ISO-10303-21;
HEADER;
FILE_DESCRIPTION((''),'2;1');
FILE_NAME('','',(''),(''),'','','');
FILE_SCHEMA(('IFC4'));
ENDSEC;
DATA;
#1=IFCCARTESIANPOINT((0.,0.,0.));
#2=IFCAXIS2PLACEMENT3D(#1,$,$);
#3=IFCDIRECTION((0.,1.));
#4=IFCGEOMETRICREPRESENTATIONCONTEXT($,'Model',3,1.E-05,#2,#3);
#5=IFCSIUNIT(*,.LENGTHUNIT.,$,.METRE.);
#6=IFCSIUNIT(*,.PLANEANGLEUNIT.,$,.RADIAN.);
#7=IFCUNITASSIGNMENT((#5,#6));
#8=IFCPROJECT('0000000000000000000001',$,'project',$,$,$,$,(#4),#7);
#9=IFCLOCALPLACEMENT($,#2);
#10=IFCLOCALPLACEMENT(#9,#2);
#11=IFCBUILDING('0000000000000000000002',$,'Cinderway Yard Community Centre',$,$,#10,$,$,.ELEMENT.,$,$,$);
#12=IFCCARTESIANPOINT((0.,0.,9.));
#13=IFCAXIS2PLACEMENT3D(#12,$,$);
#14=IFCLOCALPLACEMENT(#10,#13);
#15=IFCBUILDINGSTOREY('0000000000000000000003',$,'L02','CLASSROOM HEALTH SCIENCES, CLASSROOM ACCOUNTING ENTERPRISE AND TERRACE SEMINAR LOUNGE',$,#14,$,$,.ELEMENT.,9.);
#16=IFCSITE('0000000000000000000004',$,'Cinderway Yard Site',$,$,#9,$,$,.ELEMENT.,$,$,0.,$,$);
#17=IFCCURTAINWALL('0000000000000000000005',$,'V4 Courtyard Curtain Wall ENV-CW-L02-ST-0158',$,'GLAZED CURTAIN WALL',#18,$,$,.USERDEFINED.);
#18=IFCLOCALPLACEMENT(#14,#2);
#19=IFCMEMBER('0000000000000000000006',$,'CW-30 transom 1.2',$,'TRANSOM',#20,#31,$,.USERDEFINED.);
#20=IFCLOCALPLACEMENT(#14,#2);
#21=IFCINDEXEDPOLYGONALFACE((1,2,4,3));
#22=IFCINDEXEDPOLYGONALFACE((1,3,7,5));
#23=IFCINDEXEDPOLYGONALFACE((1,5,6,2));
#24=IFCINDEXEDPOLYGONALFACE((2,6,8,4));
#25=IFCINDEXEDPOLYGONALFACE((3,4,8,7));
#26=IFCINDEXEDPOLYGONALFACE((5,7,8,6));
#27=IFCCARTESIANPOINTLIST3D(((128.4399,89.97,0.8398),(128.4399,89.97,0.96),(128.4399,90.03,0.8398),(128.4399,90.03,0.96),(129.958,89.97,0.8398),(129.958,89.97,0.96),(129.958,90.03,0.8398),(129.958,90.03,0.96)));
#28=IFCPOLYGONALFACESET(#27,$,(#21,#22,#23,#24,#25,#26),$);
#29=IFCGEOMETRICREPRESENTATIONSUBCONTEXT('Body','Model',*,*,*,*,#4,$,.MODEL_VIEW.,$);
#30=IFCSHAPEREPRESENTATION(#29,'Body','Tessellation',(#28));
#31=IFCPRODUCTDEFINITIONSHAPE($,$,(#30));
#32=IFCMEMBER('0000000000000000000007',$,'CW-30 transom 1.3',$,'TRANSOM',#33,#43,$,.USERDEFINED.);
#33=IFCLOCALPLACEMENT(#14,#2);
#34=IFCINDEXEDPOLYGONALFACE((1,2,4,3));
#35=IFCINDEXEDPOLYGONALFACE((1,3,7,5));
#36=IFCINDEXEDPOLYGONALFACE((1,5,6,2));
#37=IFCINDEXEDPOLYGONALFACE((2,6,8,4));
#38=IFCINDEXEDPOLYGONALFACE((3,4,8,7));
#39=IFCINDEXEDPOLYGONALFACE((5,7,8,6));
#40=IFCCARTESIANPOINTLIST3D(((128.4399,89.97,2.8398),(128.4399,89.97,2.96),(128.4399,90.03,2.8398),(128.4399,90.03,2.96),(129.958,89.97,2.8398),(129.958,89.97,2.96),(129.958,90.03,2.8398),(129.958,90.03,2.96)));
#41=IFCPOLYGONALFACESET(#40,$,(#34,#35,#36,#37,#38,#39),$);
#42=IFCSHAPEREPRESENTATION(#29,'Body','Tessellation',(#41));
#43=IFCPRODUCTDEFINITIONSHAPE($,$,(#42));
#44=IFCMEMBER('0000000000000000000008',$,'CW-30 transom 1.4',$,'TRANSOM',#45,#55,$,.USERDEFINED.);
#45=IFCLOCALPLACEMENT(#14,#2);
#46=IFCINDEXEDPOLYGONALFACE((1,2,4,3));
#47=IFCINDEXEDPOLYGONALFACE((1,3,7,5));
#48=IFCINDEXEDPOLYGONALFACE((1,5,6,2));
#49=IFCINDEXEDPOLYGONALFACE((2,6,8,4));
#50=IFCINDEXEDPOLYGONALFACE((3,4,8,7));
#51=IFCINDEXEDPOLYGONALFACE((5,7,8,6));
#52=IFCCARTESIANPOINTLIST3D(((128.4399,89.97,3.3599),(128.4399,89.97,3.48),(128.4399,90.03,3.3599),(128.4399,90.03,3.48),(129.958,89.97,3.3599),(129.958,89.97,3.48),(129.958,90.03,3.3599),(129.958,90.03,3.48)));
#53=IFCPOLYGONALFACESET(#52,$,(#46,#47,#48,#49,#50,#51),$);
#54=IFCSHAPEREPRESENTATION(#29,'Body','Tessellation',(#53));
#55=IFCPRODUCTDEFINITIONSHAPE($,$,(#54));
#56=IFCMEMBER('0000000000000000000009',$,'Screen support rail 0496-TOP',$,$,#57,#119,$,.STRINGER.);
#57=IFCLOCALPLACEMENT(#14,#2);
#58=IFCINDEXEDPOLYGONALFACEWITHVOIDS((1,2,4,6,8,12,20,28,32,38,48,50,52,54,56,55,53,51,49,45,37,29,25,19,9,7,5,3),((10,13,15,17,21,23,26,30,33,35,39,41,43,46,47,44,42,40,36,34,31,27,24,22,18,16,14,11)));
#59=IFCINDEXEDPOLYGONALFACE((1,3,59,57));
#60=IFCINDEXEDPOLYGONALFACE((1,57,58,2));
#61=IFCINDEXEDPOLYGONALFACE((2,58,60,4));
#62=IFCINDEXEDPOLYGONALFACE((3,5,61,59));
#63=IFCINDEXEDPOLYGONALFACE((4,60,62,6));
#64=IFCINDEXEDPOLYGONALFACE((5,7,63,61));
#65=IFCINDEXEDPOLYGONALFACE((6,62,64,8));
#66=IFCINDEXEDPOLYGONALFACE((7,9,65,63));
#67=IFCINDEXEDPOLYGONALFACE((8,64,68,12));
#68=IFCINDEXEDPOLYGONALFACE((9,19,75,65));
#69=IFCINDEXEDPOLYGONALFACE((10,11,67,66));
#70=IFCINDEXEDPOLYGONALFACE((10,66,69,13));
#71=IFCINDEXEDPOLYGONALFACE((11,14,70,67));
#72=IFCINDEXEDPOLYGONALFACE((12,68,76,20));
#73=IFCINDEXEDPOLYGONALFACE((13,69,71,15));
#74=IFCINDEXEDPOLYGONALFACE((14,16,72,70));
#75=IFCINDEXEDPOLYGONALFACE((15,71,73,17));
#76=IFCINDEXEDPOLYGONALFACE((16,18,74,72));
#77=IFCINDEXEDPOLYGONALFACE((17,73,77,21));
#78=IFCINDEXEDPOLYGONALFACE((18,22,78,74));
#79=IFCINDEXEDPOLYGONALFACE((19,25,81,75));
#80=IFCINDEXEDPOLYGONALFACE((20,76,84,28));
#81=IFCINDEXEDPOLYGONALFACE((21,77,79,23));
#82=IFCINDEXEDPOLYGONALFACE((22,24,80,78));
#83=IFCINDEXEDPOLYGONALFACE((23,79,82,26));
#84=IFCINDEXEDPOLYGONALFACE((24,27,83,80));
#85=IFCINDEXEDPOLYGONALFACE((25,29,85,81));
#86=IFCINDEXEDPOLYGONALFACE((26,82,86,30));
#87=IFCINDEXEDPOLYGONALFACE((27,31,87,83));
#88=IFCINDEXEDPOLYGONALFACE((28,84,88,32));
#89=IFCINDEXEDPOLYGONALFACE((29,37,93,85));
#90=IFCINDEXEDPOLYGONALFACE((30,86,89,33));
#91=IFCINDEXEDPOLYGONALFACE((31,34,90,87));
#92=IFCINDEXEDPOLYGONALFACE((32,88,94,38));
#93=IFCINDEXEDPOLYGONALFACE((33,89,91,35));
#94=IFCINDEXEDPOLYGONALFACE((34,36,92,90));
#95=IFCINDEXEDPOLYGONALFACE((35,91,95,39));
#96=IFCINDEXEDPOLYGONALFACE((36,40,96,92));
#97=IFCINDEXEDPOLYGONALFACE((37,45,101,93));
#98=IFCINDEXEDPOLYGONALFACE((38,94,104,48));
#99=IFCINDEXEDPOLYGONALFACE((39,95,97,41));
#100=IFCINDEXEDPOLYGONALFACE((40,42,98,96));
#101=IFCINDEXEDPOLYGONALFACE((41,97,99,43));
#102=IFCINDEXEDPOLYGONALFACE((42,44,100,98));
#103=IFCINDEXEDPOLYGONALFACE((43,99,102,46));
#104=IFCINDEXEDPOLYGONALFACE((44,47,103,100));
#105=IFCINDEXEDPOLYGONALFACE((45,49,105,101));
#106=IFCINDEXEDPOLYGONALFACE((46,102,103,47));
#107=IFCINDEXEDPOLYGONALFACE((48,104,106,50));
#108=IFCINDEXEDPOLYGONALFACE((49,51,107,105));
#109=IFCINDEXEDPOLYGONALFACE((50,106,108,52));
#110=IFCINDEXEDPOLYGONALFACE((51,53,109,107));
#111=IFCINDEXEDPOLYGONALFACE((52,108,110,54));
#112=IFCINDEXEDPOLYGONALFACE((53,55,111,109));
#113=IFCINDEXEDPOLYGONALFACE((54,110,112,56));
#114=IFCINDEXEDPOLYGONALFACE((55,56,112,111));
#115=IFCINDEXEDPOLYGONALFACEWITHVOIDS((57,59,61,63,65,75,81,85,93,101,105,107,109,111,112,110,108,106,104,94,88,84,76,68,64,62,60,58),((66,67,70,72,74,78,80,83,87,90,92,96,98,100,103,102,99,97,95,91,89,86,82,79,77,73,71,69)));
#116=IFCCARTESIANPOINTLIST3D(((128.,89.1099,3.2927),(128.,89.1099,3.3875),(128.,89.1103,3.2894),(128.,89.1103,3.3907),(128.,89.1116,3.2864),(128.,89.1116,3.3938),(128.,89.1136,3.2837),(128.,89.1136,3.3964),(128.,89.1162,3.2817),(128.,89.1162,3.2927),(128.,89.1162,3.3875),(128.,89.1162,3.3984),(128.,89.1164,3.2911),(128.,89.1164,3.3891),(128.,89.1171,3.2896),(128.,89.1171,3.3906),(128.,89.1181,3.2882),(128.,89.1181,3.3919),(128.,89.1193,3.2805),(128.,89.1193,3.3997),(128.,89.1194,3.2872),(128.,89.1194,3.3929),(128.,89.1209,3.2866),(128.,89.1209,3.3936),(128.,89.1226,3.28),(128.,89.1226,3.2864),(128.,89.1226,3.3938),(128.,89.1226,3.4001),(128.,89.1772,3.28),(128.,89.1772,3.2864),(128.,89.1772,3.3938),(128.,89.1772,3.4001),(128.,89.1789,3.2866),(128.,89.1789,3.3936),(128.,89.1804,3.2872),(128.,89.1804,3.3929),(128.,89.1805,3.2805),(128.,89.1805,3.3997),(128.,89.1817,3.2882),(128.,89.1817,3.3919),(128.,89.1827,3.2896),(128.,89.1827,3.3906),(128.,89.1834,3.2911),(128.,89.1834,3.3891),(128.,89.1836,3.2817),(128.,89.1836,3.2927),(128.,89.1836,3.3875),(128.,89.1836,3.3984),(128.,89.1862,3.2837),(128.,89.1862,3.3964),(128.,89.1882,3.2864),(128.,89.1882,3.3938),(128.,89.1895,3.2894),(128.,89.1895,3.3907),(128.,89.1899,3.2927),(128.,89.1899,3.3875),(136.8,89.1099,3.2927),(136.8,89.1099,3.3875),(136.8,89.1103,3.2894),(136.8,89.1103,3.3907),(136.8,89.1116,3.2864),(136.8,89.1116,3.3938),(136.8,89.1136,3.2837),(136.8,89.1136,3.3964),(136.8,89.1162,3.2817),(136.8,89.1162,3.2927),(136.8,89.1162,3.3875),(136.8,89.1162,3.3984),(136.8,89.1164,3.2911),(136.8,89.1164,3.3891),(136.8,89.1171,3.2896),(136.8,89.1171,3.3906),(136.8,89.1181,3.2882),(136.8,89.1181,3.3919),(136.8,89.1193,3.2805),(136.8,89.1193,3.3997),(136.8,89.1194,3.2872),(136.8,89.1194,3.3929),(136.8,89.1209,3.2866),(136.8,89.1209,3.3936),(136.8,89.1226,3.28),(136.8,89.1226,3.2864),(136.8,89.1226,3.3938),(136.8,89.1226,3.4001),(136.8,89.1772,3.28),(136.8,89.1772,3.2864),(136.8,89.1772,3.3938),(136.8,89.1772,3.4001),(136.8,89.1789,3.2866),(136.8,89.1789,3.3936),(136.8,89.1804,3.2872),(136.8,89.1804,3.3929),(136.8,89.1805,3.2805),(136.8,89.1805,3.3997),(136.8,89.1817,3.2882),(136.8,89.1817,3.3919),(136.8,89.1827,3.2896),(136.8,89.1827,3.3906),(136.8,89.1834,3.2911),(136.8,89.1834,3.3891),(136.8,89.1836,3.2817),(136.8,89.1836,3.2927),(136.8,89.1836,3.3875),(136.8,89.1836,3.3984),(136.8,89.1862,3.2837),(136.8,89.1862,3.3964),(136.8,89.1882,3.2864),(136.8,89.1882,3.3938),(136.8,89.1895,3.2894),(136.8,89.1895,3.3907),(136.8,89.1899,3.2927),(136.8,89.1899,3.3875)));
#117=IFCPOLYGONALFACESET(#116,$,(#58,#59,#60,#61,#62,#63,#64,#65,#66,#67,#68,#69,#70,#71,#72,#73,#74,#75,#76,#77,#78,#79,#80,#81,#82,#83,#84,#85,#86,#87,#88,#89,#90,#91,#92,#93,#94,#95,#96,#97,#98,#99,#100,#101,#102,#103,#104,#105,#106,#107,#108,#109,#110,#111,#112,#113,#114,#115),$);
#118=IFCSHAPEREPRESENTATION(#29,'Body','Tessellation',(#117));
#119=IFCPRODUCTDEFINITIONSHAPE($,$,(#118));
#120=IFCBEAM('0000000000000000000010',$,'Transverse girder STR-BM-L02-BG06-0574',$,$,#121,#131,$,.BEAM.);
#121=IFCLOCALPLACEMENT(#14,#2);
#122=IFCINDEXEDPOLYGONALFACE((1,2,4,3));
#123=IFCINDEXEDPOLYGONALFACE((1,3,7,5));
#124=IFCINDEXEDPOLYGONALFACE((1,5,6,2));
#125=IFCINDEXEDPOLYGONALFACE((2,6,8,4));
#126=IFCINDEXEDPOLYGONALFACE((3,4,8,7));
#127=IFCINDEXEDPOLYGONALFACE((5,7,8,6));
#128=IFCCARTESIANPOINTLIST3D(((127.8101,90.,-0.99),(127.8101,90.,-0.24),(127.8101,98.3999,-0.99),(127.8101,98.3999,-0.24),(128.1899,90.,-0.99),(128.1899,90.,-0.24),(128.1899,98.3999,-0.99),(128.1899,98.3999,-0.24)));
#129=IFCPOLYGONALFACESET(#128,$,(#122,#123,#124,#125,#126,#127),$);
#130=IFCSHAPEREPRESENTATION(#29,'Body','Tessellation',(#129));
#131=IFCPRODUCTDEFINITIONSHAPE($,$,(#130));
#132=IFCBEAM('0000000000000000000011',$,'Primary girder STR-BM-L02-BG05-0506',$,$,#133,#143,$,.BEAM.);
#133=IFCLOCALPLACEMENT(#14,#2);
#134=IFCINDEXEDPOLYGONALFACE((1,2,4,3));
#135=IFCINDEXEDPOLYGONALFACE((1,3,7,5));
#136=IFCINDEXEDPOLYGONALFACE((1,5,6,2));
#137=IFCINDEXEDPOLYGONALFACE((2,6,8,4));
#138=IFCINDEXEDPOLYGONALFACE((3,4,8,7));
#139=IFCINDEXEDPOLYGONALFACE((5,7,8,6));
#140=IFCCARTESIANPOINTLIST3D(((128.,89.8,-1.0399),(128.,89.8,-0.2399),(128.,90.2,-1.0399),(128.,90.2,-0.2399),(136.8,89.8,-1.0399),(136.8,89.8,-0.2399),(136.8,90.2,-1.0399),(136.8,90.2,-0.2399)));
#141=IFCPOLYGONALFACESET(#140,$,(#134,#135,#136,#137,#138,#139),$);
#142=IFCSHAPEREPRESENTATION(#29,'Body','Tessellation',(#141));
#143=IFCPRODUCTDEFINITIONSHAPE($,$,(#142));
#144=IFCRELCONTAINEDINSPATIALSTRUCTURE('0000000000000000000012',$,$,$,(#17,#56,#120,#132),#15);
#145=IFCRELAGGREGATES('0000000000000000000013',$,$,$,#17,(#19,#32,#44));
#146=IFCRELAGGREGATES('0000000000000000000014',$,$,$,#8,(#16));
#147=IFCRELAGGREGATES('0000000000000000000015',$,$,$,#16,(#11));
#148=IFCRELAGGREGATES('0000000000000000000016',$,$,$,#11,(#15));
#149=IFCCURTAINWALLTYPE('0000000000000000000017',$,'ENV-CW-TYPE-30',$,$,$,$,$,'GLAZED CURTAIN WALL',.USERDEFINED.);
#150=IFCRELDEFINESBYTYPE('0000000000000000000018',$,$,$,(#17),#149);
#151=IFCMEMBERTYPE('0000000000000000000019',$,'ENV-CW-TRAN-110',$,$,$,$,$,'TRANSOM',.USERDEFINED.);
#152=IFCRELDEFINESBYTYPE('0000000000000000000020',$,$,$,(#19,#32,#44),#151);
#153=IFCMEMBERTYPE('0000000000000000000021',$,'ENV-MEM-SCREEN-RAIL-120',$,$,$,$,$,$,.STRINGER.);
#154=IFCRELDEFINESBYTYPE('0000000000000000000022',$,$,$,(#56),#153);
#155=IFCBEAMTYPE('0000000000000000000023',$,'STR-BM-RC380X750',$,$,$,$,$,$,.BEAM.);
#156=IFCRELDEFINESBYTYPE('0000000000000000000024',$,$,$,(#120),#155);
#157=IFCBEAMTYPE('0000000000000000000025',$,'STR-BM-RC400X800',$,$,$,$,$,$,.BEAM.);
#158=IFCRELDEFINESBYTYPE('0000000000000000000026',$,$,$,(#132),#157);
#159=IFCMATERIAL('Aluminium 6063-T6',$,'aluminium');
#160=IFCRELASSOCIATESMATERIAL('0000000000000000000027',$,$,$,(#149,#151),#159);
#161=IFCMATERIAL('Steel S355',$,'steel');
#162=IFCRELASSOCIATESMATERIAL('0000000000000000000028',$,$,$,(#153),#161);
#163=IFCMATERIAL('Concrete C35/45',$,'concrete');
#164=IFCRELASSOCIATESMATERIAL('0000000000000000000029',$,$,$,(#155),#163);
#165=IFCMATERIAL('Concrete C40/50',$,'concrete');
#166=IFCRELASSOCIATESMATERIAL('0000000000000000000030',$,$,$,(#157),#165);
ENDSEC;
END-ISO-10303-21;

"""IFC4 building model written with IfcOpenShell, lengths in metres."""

from ifc_helpers import new_model, si_unit, direction, frame, origin, origin_2d, place, context, subcontext, project, spatial, rectangle, hollow_rectangle, extrude, material, material_profile, profile_set, type_object, element, aggregate, save


model = new_model("IFC4")

# Units and contexts
model_context = context("Model", 3, precision=1e-05, world=origin(), true_north=direction((0.0, 1.0)))
body_context = subcontext(model_context, "Body", "Model", "MODEL_VIEW")
ifc_project = project(units=[si_unit("LENGTHUNIT", "METRE"), si_unit("PLANEANGLEUNIT", "RADIAN")], contexts=[model_context])

# Site, building, storey
site_placement = place(None, origin())
site = spatial("IfcSite", under=ifc_project, at=site_placement, Name="Cinderway Yard Site", CompositionType="ELEMENT", RefElevation=0.0)
building_placement = place(site_placement, origin())
building = spatial("IfcBuilding", under=site, at=building_placement, Name="Cinderway Yard Community Centre", CompositionType="ELEMENT")
storey_placement = place(building_placement, frame((0.0, 0.0, 9.0)))
storey = spatial("IfcBuildingStorey", under=building, at=storey_placement, Name="L02", Description="CLASSROOM HEALTH SCIENCES, CLASSROOM ACCOUNTING ENTERPRISE AND TERRACE SEMINAR LOUNGE", CompositionType="ELEMENT", Elevation=9.0)

# Shared definitions
ifc_material_1 = material(Name="Concrete C40/50", Category="concrete")

# Shared definitions
ifc_material_2 = material(Name="Aluminium 6063-T6", Category="aluminium")
curtain_wall_type = type_object("IfcCurtainWallType", Name="ENV-CW-TYPE-30", ElementType="GLAZED CURTAIN WALL", PredefinedType="USERDEFINED", material=ifc_material_2)

# Curtain wall
curtain_wall_1_placement = place(storey_placement, origin())
curtain_wall_1 = element("IfcCurtainWall", 1, at=curtain_wall_1_placement, inside=storey, type_object=curtain_wall_type, Name="V4 Courtyard Curtain Wall ENV-CW-L02-ST-0158", ObjectType="GLAZED CURTAIN WALL", PredefinedType="USERDEFINED")

# Members
ifc_material_profile_1 = material_profile(ifc_material_2, rectangle(XDim=0.0601, YDim=0.1201, at=origin_2d()), Name="Aluminium 6063-T6")
ifc_profile_set_1 = profile_set([ifc_material_profile_1], Name="Aluminium 6063-T6")
member_type_1 = type_object("IfcMemberType", Name="ENV-CW-TRAN-110", ElementType="TRANSOM", PredefinedType="USERDEFINED", material=ifc_profile_set_1)
member_1_placement = place(storey_placement, frame((128.4399, 90.0, 0.8999), z_axis=(1.0, 0.0, 0.0), x_axis=(0.0, 1.0, 0.0)))
member_1 = element("IfcMember", 2, at=member_1_placement, type_object=member_type_1, Name="CW-30 transom 1.2", ObjectType="TRANSOM", PredefinedType="USERDEFINED", context=body_context, shape_type="SweptSolid", body=[
    extrude(rectangle(XDim=0.0601, YDim=0.1201, at=origin_2d()), origin(), (0.0, 0.0, 1.0), 1.5181),
])
member_2_placement = place(storey_placement, frame((128.4399, 90.0, 2.8999), z_axis=(1.0, 0.0, 0.0), x_axis=(0.0, 1.0, 0.0)))
member_2 = element("IfcMember", 3, at=member_2_placement, type_object=member_type_1, Name="CW-30 transom 1.3", ObjectType="TRANSOM", PredefinedType="USERDEFINED", context=body_context, shape_type="SweptSolid", body=[
    extrude(rectangle(XDim=0.0601, YDim=0.1201, at=origin_2d()), origin(), (0.0, 0.0, 1.0), 1.5181),
])
member_3_placement = place(storey_placement, frame((128.4399, 90.0, 3.4199), z_axis=(1.0, 0.0, 0.0), x_axis=(0.0, 1.0, 0.0)))
member_3 = element("IfcMember", 4, at=member_3_placement, type_object=member_type_1, Name="CW-30 transom 1.4", ObjectType="TRANSOM", PredefinedType="USERDEFINED", context=body_context, shape_type="SweptSolid", body=[
    extrude(rectangle(XDim=0.0601, YDim=0.1201, at=origin_2d()), origin(), (0.0, 0.0, 1.0), 1.5181),
])
aggregate(curtain_wall_1, [member_1, member_2, member_3])
ifc_material_3 = material(Name="Steel S355", Category="steel")
ifc_material_profile_2 = material_profile(ifc_material_3, hollow_rectangle(XDim=0.0801, YDim=0.1201, WallThickness=0.0063, InnerFilletRadius=0.0063, OuterFilletRadius=0.0127, at=origin_2d()), Name="Steel S355")
ifc_profile_set_2 = profile_set([ifc_material_profile_2], Name="Steel S355")
member_type_2 = type_object("IfcMemberType", Name="ENV-MEM-SCREEN-RAIL-120", PredefinedType="STRINGER", material=ifc_profile_set_2)
member_4_placement = place(storey_placement, frame((128.0, 89.1499, 3.3401), z_axis=(1.0, 0.0, 0.0), x_axis=(0.0, 1.0, 0.0)))
element("IfcMember", 5, at=member_4_placement, inside=storey, type_object=member_type_2, Name="Screen support rail 0496-TOP", PredefinedType="STRINGER", context=body_context, shape_type="SweptSolid", body=[
    extrude(hollow_rectangle(XDim=0.0801, YDim=0.1201, WallThickness=0.0063, InnerFilletRadius=0.0063, OuterFilletRadius=0.0127, at=origin_2d()), origin(), (0.0, 0.0, 1.0), 8.8),
])

# Beams
ifc_material_4 = material(Name="Concrete C35/45", Category="concrete")
ifc_material_profile_3 = material_profile(ifc_material_4, rectangle(XDim=0.3799, YDim=0.75, at=origin_2d()), Name="Concrete C35/45")
ifc_profile_set_3 = profile_set([ifc_material_profile_3], Name="Concrete C35/45")
beam_type_1 = type_object("IfcBeamType", Name="STR-BM-RC380X750", PredefinedType="BEAM", material=ifc_profile_set_3)
beam_1_placement = place(storey_placement, frame((128.0, 90.0, -0.615), z_axis=(0.0, 1.0, 0.0), x_axis=(-1.0, 0.0, 0.0)))
element("IfcBeam", 6, at=beam_1_placement, inside=storey, type_object=beam_type_1, Name="Transverse girder STR-BM-L02-BG06-0574", PredefinedType="BEAM", context=body_context, shape_type="SweptSolid", body=[
    extrude(rectangle(XDim=0.3799, YDim=0.75, at=origin_2d()), origin(), (0.0, 0.0, 1.0), 8.3999),
])
ifc_material_profile_4 = material_profile(ifc_material_1, rectangle(XDim=0.3999, YDim=0.8, at=origin_2d()), Name="Concrete C40/50")
ifc_profile_set_4 = profile_set([ifc_material_profile_4], Name="Concrete C40/50")
beam_type_2 = type_object("IfcBeamType", Name="STR-BM-RC400X800", PredefinedType="BEAM", material=ifc_profile_set_4)
beam_2_placement = place(storey_placement, frame((128.0, 90.0, -0.6399), z_axis=(1.0, 0.0, 0.0), x_axis=(0.0, 1.0, 0.0)))
element("IfcBeam", 7, at=beam_2_placement, inside=storey, type_object=beam_type_2, Name="Primary girder STR-BM-L02-BG05-0506", PredefinedType="BEAM", context=body_context, shape_type="SweptSolid", body=[
    extrude(rectangle(XDim=0.3999, YDim=0.8, at=origin_2d()), origin(), (0.0, 0.0, 1.0), 8.8),
])

save(model, "model.ifc")
